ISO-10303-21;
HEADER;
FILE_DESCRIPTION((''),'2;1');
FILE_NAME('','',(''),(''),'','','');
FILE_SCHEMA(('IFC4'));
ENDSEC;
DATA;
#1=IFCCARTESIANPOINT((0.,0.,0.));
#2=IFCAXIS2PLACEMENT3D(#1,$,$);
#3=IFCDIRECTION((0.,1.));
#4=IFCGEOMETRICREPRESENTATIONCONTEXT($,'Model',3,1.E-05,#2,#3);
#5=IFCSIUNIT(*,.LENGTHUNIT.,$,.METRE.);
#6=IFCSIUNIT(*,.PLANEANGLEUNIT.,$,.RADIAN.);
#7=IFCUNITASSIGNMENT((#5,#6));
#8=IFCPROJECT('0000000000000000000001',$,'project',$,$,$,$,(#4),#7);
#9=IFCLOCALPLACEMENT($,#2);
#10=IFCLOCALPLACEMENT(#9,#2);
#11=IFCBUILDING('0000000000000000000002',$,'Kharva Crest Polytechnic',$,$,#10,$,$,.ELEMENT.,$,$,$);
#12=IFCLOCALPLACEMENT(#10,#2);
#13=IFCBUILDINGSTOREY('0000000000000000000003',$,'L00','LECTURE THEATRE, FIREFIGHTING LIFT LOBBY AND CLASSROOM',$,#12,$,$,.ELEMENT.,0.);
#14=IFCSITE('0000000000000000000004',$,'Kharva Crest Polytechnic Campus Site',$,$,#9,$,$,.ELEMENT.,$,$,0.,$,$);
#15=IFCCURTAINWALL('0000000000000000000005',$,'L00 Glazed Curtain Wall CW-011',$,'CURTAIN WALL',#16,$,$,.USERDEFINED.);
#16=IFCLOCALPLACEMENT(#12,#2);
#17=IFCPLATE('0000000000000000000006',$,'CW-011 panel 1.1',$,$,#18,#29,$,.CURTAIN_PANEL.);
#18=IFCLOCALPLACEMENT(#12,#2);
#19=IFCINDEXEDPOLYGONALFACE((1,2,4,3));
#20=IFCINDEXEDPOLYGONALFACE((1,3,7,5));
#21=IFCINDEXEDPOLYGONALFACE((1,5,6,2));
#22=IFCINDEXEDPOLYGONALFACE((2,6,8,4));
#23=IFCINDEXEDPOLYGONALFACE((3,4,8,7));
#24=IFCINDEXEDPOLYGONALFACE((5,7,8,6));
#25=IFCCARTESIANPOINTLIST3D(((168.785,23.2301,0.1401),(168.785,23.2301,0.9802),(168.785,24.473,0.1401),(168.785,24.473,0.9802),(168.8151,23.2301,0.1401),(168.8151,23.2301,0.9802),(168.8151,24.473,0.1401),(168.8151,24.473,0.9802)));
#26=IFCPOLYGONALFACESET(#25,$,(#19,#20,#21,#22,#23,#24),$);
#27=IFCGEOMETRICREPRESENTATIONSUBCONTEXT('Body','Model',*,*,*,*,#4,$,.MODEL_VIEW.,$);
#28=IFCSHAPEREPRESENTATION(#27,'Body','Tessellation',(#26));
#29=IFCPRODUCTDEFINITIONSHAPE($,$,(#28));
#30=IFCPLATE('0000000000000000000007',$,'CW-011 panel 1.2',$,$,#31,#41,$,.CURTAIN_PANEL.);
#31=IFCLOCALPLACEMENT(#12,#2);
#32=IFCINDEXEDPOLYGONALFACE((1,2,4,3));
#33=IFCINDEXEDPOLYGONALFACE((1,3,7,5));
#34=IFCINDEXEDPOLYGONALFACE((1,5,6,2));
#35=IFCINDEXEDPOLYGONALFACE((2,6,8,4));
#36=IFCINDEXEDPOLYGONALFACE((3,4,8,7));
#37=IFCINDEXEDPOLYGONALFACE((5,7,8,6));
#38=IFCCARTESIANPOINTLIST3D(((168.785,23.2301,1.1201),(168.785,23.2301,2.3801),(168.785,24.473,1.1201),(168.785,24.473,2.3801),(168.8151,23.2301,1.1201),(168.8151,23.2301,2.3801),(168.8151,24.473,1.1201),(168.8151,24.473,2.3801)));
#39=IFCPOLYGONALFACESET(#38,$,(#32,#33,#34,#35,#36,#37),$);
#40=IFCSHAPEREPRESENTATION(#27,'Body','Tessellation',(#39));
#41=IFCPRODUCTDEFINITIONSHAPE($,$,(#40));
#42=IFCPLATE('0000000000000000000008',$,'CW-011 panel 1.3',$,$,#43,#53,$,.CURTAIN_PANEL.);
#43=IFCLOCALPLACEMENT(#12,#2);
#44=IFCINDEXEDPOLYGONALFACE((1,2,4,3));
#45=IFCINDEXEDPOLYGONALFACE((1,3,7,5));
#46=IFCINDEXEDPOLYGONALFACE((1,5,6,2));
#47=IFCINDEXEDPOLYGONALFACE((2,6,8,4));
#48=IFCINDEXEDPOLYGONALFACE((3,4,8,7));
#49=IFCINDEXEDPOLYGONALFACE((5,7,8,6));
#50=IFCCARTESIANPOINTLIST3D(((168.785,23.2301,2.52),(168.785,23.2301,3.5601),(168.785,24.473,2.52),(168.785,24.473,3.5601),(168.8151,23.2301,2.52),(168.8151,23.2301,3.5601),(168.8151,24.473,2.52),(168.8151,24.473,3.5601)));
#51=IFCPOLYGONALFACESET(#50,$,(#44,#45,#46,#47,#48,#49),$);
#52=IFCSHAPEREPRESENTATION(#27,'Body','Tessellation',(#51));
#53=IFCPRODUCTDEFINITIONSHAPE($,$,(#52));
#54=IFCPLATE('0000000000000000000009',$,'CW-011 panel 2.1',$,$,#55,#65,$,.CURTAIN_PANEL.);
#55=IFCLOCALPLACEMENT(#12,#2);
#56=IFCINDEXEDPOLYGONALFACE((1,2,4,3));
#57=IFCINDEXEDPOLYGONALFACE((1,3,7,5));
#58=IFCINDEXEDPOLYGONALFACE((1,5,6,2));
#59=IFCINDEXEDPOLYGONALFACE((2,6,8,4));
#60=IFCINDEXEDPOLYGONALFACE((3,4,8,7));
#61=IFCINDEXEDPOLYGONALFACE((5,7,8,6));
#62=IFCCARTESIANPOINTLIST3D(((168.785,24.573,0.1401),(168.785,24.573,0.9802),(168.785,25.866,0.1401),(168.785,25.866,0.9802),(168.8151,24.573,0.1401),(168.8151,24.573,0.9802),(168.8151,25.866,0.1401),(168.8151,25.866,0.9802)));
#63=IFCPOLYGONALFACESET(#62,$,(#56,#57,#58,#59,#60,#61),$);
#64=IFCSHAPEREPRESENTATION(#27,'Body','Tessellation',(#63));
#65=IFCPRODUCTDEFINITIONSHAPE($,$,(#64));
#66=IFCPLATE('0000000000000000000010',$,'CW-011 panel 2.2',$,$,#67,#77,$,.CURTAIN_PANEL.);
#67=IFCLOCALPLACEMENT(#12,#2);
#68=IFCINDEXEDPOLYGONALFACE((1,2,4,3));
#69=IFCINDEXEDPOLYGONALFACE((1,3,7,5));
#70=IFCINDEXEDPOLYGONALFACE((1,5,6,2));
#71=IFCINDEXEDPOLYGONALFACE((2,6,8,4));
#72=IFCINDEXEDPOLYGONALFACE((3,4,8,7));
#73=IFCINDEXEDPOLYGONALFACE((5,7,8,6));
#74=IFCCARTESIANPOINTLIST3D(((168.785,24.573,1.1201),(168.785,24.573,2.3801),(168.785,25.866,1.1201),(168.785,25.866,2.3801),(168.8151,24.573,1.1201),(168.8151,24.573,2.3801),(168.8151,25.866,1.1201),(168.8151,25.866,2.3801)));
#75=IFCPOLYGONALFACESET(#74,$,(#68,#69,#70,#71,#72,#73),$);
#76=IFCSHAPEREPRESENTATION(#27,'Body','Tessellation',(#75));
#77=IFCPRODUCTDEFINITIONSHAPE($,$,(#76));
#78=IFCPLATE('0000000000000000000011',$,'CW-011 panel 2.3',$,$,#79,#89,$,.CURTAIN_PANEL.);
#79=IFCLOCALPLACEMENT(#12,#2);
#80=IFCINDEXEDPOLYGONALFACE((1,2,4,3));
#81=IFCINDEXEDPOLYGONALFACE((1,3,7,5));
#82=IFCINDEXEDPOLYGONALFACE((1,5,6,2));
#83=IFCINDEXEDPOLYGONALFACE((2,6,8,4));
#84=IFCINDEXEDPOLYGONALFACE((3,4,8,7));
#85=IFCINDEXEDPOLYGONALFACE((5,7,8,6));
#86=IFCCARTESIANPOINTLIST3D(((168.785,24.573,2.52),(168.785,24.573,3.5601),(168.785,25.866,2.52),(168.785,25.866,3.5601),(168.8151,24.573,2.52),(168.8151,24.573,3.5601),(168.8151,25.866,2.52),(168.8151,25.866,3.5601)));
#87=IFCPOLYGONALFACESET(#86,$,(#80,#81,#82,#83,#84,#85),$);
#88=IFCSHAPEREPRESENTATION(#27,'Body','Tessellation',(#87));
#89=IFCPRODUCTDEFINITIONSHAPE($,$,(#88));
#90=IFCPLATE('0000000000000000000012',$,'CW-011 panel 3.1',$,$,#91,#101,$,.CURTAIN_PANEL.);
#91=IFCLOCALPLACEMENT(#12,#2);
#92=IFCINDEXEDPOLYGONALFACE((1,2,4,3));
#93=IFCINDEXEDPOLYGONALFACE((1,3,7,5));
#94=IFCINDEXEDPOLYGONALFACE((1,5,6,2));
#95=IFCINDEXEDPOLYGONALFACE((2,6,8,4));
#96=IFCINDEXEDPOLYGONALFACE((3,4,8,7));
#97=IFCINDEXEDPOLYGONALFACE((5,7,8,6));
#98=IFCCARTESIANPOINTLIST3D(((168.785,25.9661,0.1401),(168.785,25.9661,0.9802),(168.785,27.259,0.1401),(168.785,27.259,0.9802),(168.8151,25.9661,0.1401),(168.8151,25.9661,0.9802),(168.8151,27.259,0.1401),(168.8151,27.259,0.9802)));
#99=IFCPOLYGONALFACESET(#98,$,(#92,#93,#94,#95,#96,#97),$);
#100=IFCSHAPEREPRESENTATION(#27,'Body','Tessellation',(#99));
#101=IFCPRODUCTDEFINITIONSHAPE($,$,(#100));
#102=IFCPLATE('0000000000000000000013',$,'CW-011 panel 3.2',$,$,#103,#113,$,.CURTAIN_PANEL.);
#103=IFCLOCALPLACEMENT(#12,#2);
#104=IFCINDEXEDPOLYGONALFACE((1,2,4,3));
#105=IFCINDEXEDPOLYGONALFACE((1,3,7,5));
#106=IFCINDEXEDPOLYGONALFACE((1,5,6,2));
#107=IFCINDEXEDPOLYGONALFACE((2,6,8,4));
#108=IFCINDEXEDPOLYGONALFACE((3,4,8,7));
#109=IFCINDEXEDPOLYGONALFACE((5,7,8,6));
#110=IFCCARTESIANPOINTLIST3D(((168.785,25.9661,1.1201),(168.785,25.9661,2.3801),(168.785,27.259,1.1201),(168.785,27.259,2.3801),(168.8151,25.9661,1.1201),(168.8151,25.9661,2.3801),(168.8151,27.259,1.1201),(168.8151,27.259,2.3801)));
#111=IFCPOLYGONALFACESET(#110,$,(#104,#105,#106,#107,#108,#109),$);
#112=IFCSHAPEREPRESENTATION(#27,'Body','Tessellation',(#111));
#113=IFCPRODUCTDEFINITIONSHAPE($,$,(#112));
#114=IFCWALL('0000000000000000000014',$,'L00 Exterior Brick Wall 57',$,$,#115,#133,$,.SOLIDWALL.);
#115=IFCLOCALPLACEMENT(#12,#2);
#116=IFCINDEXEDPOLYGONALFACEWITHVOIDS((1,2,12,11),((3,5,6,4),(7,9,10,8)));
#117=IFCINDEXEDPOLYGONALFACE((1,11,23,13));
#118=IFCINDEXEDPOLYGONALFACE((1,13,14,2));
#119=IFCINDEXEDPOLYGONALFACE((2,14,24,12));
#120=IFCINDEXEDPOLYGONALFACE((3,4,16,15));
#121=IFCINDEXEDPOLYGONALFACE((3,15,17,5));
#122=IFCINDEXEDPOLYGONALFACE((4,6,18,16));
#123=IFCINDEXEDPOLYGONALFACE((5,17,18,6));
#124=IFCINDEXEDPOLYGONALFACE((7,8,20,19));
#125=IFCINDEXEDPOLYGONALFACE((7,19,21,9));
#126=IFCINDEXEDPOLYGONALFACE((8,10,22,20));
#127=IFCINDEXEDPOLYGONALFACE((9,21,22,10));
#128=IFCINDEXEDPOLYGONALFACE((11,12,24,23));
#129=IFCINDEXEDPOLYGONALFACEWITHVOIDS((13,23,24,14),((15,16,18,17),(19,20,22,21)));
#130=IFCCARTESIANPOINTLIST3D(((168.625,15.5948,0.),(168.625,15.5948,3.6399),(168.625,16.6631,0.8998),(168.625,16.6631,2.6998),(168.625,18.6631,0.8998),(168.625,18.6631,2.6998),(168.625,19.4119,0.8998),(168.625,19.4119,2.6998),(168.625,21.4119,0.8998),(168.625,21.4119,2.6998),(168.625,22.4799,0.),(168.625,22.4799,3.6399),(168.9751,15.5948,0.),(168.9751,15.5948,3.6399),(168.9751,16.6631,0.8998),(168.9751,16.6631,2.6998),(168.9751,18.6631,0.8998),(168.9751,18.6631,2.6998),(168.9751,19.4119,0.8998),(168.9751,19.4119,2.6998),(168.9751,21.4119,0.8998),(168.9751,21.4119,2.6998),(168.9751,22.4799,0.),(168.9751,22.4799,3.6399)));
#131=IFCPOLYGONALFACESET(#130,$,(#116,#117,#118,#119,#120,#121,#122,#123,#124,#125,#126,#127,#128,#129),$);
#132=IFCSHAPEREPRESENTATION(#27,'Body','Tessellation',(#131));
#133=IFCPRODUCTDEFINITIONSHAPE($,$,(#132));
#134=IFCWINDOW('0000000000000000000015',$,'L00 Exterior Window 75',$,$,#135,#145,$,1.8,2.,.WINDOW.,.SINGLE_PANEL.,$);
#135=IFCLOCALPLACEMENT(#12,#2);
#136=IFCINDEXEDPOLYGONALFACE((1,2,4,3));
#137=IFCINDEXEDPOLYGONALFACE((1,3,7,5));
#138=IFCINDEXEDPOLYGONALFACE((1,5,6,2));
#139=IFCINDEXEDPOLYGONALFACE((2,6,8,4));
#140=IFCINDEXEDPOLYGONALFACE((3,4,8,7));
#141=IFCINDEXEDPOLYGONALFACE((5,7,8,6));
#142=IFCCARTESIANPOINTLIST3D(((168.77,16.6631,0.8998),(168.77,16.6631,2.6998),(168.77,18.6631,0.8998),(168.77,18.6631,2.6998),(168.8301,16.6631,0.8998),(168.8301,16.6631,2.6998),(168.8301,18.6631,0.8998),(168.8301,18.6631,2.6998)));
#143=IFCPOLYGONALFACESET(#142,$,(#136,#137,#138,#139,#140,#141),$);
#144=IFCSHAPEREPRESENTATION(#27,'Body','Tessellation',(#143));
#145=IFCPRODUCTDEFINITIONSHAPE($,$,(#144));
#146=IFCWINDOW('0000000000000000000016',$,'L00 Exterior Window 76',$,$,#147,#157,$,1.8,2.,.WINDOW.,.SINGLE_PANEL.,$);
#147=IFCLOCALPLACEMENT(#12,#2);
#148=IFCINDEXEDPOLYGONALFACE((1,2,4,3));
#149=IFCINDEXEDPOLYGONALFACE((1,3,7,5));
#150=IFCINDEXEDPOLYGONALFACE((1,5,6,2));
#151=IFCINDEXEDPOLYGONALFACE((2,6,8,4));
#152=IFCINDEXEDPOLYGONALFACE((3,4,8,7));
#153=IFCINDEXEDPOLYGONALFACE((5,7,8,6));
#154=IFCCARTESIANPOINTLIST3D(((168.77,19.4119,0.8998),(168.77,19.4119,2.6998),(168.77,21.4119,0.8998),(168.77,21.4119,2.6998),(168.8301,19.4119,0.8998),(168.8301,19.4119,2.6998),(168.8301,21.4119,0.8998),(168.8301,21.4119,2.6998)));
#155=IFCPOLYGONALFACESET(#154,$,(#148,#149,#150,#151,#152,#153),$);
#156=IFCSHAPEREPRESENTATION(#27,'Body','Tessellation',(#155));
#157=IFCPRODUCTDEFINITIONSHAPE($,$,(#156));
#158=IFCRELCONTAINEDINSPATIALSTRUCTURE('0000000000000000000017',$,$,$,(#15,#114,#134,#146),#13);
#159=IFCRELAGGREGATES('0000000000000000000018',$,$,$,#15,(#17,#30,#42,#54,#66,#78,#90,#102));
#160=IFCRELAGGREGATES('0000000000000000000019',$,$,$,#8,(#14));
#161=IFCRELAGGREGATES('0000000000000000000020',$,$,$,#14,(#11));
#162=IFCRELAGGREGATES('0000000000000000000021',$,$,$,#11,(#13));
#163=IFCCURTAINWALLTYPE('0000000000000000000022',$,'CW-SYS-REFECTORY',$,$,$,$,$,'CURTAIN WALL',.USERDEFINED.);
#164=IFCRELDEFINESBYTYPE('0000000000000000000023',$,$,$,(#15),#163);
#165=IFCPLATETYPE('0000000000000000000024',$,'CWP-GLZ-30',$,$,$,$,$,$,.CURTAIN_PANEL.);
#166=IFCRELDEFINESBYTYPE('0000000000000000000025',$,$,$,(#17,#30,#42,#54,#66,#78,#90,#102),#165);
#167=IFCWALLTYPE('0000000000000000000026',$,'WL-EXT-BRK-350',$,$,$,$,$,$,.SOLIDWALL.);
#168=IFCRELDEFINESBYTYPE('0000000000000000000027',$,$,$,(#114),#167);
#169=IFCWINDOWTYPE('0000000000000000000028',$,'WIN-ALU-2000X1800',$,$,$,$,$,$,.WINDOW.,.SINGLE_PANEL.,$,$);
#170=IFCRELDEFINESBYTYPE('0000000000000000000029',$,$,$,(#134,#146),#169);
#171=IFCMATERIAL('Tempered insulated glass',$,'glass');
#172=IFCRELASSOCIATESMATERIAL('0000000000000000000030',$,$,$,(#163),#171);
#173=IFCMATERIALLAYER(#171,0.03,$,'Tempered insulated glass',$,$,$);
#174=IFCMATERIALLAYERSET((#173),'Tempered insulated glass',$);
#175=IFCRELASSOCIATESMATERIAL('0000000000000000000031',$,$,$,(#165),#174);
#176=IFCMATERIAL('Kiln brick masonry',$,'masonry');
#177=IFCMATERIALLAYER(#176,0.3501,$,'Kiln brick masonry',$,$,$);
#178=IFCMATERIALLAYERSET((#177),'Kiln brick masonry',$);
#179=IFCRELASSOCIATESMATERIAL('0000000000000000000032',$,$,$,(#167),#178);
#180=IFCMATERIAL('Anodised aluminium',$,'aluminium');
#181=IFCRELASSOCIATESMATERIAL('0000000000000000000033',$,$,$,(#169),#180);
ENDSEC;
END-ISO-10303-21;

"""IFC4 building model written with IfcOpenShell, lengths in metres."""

from ifc_helpers import new_model, si_unit, direction, frame, frame_2d, origin, origin_2d, place, context, subcontext, project, spatial, rectangle, extrude, material, layer, layer_set, type_object, element, fill, aggregate, save


model = new_model("IFC4")

# Units and contexts
model_context = context("Model", 3, precision=1e-05, world=origin(), true_north=direction((0.0, 1.0)))
body_context = subcontext(model_context, "Body", "Model", "MODEL_VIEW")
ifc_project = project(units=[si_unit("LENGTHUNIT", "METRE"), si_unit("PLANEANGLEUNIT", "RADIAN")], contexts=[model_context])

# Site, building, storey
site_placement = place(None, origin())
site = spatial("IfcSite", under=ifc_project, at=site_placement, Name="Kharva Crest Polytechnic Campus Site", CompositionType="ELEMENT", RefElevation=0.0)
building_placement = place(site_placement, origin())
building = spatial("IfcBuilding", under=site, at=building_placement, Name="Kharva Crest Polytechnic", CompositionType="ELEMENT")
storey_placement = place(building_placement, origin())
storey = spatial("IfcBuildingStorey", under=building, at=storey_placement, Name="L00", Description="LECTURE THEATRE, FIREFIGHTING LIFT LOBBY AND CLASSROOM", CompositionType="ELEMENT", Elevation=0.0)

# Curtain wall
ifc_material_1 = material(Name="Tempered insulated glass", Category="glass")
curtain_wall_type = type_object("IfcCurtainWallType", Name="CW-SYS-REFECTORY", ElementType="CURTAIN WALL", PredefinedType="USERDEFINED", material=ifc_material_1)
curtain_wall_placement = place(storey_placement, origin())
curtain_wall = element("IfcCurtainWall", 1, at=curtain_wall_placement, inside=storey, type_object=curtain_wall_type, Name="L00 Glazed Curtain Wall CW-011", ObjectType="CURTAIN WALL", PredefinedType="USERDEFINED")

# Plates
ifc_layer_1 = layer(ifc_material_1, 0.03, Name="Tempered insulated glass")
ifc_layer_set_1 = layer_set([ifc_layer_1], Name="Tempered insulated glass")
plate_type = type_object("IfcPlateType", Name="CWP-GLZ-30", PredefinedType="CURTAIN_PANEL", material=ifc_layer_set_1)
plate_1_placement = place(storey_placement, frame((168.8, 23.8516, 0.1401), z_axis=(0.0, 0.0, 1.0), x_axis=(0.0, 1.0, 0.0)))
plate_1 = element("IfcPlate", 2, at=plate_1_placement, type_object=plate_type, Name="CW-011 panel 1.1", PredefinedType="CURTAIN_PANEL", context=body_context, shape_type="SweptSolid", body=[
    extrude(rectangle(XDim=1.2429, YDim=0.03, at=origin_2d()), origin(), (0.0, 0.0, 1.0), 0.8401),
])
plate_2_placement = place(storey_placement, frame((168.8, 23.8516, 1.1201), z_axis=(0.0, 0.0, 1.0), x_axis=(0.0, 1.0, 0.0)))
plate_2 = element("IfcPlate", 3, at=plate_2_placement, type_object=plate_type, Name="CW-011 panel 1.2", PredefinedType="CURTAIN_PANEL", context=body_context, shape_type="SweptSolid", body=[
    extrude(rectangle(XDim=1.2429, YDim=0.03, at=origin_2d()), origin(), (0.0, 0.0, 1.0), 1.26),
])
plate_3_placement = place(storey_placement, frame((168.8, 23.8516, 2.52), z_axis=(0.0, 0.0, 1.0), x_axis=(0.0, 1.0, 0.0)))
plate_3 = element("IfcPlate", 4, at=plate_3_placement, type_object=plate_type, Name="CW-011 panel 1.3", PredefinedType="CURTAIN_PANEL", context=body_context, shape_type="SweptSolid", body=[
    extrude(rectangle(XDim=1.2429, YDim=0.03, at=origin_2d()), origin(), (0.0, 0.0, 1.0), 1.04),
])
plate_4_placement = place(storey_placement, frame((168.8, 25.2195, 0.1401), z_axis=(0.0, 0.0, 1.0), x_axis=(0.0, 1.0, 0.0)))
plate_4 = element("IfcPlate", 5, at=plate_4_placement, type_object=plate_type, Name="CW-011 panel 2.1", PredefinedType="CURTAIN_PANEL", context=body_context, shape_type="SweptSolid", body=[
    extrude(rectangle(XDim=1.293, YDim=0.03, at=origin_2d()), origin(), (0.0, 0.0, 1.0), 0.8401),
])
plate_5_placement = place(storey_placement, frame((168.8, 25.2195, 1.1201), z_axis=(0.0, 0.0, 1.0), x_axis=(0.0, 1.0, 0.0)))
plate_5 = element("IfcPlate", 6, at=plate_5_placement, type_object=plate_type, Name="CW-011 panel 2.2", PredefinedType="CURTAIN_PANEL", context=body_context, shape_type="SweptSolid", body=[
    extrude(rectangle(XDim=1.293, YDim=0.03, at=origin_2d()), origin(), (0.0, 0.0, 1.0), 1.26),
])
plate_6_placement = place(storey_placement, frame((168.8, 25.2195, 2.52), z_axis=(0.0, 0.0, 1.0), x_axis=(0.0, 1.0, 0.0)))
plate_6 = element("IfcPlate", 7, at=plate_6_placement, type_object=plate_type, Name="CW-011 panel 2.3", PredefinedType="CURTAIN_PANEL", context=body_context, shape_type="SweptSolid", body=[
    extrude(rectangle(XDim=1.293, YDim=0.03, at=origin_2d()), origin(), (0.0, 0.0, 1.0), 1.04),
])
plate_7_placement = place(storey_placement, frame((168.8, 26.6125, 0.1401), z_axis=(0.0, 0.0, 1.0), x_axis=(0.0, 1.0, 0.0)))
plate_7 = element("IfcPlate", 8, at=plate_7_placement, type_object=plate_type, Name="CW-011 panel 3.1", PredefinedType="CURTAIN_PANEL", context=body_context, shape_type="SweptSolid", body=[
    extrude(rectangle(XDim=1.293, YDim=0.03, at=origin_2d()), origin(), (0.0, 0.0, 1.0), 0.8401),
])
plate_8_placement = place(storey_placement, frame((168.8, 26.6125, 1.1201), z_axis=(0.0, 0.0, 1.0), x_axis=(0.0, 1.0, 0.0)))
plate_8 = element("IfcPlate", 9, at=plate_8_placement, type_object=plate_type, Name="CW-011 panel 3.2", PredefinedType="CURTAIN_PANEL", context=body_context, shape_type="SweptSolid", body=[
    extrude(rectangle(XDim=1.293, YDim=0.03, at=origin_2d()), origin(), (0.0, 0.0, 1.0), 1.26),
])
aggregate(curtain_wall, [plate_1, plate_2, plate_3, plate_4, plate_5, plate_6, plate_7, plate_8])

# Wall, openings, windows
ifc_material_2 = material(Name="Kiln brick masonry", Category="masonry")
ifc_layer_2 = layer(ifc_material_2, 0.3501, Name="Kiln brick masonry")
ifc_layer_set_2 = layer_set([ifc_layer_2], Name="Kiln brick masonry")
wall_type = type_object("IfcWallType", Name="WL-EXT-BRK-350", PredefinedType="SOLIDWALL", material=ifc_layer_set_2)
wall_placement = place(storey_placement, frame((168.8, 15.595, 0.0), z_axis=(0.0, 0.0, 1.0), x_axis=(0.0, 1.0, 0.0)))
wall = element("IfcWall", 10, at=wall_placement, inside=storey, type_object=wall_type, Name="L00 Exterior Brick Wall 57", PredefinedType="SOLIDWALL", context=body_context, shape_type="SweptSolid", body=[
    extrude(rectangle(XDim=6.885, YDim=0.3501, at=frame_2d((3.4424, 0.0))), origin(), (0.0, 0.0, 1.0), 3.6399),
])
opening_1_placement = place(wall_placement, frame((1.0681, 0.0, 0.8999)))
opening_1 = element("IfcOpeningElement", 11, at=opening_1_placement, cuts=wall, PredefinedType="OPENING", context=body_context, shape_type="SweptSolid", body=[
    extrude(rectangle(XDim=2.0, YDim=1.8, at=frame_2d((1.0, 0.8999))), frame((0.0, 0.1851, 0.0), z_axis=(0.0, -1.0, 0.0), x_axis=(1.0, 0.0, 0.0)), (0.0, 0.0, 1.0), 0.3701),
])
opening_2_placement = place(wall_placement, frame((3.8169, 0.0, 0.8999)))
opening_2 = element("IfcOpeningElement", 12, at=opening_2_placement, cuts=wall, PredefinedType="OPENING", context=body_context, shape_type="SweptSolid", body=[
    extrude(rectangle(XDim=2.0, YDim=1.8, at=frame_2d((1.0, 0.8999))), frame((0.0, 0.1851, 0.0), z_axis=(0.0, -1.0, 0.0), x_axis=(1.0, 0.0, 0.0)), (0.0, 0.0, 1.0), 0.3701),
])
ifc_material_3 = material(Name="Anodised aluminium", Category="aluminium")
window_type = type_object("IfcWindowType", Name="WIN-ALU-2000X1800", PartitioningType="SINGLE_PANEL", PredefinedType="WINDOW", material=ifc_material_3)
window_1_placement = place(opening_1_placement, origin())
window_1 = element("IfcWindow", 13, at=window_1_placement, inside=storey, type_object=window_type, Name="L00 Exterior Window 75", OverallHeight=1.8, OverallWidth=2.0, PartitioningType="SINGLE_PANEL", PredefinedType="WINDOW", context=body_context, shape_type="SweptSolid", body=[
    extrude(rectangle(XDim=2.0, YDim=1.8, at=frame_2d((1.0, 0.8999))), frame((0.0, 0.03, 0.0), z_axis=(0.0, -1.0, 0.0), x_axis=(1.0, 0.0, 0.0)), (0.0, 0.0, 1.0), 0.0601),
])
fill(opening_1, window_1)
window_2_placement = place(opening_2_placement, origin())
window_2 = element("IfcWindow", 14, at=window_2_placement, inside=storey, type_object=window_type, Name="L00 Exterior Window 76", OverallHeight=1.8, OverallWidth=2.0, PartitioningType="SINGLE_PANEL", PredefinedType="WINDOW", context=body_context, shape_type="SweptSolid", body=[
    extrude(rectangle(XDim=2.0, YDim=1.8, at=frame_2d((1.0, 0.8999))), frame((0.0, 0.03, 0.0), z_axis=(0.0, -1.0, 0.0), x_axis=(1.0, 0.0, 0.0)), (0.0, 0.0, 1.0), 0.0601),
])
fill(opening_2, window_2)

save(model, "model.ifc")
